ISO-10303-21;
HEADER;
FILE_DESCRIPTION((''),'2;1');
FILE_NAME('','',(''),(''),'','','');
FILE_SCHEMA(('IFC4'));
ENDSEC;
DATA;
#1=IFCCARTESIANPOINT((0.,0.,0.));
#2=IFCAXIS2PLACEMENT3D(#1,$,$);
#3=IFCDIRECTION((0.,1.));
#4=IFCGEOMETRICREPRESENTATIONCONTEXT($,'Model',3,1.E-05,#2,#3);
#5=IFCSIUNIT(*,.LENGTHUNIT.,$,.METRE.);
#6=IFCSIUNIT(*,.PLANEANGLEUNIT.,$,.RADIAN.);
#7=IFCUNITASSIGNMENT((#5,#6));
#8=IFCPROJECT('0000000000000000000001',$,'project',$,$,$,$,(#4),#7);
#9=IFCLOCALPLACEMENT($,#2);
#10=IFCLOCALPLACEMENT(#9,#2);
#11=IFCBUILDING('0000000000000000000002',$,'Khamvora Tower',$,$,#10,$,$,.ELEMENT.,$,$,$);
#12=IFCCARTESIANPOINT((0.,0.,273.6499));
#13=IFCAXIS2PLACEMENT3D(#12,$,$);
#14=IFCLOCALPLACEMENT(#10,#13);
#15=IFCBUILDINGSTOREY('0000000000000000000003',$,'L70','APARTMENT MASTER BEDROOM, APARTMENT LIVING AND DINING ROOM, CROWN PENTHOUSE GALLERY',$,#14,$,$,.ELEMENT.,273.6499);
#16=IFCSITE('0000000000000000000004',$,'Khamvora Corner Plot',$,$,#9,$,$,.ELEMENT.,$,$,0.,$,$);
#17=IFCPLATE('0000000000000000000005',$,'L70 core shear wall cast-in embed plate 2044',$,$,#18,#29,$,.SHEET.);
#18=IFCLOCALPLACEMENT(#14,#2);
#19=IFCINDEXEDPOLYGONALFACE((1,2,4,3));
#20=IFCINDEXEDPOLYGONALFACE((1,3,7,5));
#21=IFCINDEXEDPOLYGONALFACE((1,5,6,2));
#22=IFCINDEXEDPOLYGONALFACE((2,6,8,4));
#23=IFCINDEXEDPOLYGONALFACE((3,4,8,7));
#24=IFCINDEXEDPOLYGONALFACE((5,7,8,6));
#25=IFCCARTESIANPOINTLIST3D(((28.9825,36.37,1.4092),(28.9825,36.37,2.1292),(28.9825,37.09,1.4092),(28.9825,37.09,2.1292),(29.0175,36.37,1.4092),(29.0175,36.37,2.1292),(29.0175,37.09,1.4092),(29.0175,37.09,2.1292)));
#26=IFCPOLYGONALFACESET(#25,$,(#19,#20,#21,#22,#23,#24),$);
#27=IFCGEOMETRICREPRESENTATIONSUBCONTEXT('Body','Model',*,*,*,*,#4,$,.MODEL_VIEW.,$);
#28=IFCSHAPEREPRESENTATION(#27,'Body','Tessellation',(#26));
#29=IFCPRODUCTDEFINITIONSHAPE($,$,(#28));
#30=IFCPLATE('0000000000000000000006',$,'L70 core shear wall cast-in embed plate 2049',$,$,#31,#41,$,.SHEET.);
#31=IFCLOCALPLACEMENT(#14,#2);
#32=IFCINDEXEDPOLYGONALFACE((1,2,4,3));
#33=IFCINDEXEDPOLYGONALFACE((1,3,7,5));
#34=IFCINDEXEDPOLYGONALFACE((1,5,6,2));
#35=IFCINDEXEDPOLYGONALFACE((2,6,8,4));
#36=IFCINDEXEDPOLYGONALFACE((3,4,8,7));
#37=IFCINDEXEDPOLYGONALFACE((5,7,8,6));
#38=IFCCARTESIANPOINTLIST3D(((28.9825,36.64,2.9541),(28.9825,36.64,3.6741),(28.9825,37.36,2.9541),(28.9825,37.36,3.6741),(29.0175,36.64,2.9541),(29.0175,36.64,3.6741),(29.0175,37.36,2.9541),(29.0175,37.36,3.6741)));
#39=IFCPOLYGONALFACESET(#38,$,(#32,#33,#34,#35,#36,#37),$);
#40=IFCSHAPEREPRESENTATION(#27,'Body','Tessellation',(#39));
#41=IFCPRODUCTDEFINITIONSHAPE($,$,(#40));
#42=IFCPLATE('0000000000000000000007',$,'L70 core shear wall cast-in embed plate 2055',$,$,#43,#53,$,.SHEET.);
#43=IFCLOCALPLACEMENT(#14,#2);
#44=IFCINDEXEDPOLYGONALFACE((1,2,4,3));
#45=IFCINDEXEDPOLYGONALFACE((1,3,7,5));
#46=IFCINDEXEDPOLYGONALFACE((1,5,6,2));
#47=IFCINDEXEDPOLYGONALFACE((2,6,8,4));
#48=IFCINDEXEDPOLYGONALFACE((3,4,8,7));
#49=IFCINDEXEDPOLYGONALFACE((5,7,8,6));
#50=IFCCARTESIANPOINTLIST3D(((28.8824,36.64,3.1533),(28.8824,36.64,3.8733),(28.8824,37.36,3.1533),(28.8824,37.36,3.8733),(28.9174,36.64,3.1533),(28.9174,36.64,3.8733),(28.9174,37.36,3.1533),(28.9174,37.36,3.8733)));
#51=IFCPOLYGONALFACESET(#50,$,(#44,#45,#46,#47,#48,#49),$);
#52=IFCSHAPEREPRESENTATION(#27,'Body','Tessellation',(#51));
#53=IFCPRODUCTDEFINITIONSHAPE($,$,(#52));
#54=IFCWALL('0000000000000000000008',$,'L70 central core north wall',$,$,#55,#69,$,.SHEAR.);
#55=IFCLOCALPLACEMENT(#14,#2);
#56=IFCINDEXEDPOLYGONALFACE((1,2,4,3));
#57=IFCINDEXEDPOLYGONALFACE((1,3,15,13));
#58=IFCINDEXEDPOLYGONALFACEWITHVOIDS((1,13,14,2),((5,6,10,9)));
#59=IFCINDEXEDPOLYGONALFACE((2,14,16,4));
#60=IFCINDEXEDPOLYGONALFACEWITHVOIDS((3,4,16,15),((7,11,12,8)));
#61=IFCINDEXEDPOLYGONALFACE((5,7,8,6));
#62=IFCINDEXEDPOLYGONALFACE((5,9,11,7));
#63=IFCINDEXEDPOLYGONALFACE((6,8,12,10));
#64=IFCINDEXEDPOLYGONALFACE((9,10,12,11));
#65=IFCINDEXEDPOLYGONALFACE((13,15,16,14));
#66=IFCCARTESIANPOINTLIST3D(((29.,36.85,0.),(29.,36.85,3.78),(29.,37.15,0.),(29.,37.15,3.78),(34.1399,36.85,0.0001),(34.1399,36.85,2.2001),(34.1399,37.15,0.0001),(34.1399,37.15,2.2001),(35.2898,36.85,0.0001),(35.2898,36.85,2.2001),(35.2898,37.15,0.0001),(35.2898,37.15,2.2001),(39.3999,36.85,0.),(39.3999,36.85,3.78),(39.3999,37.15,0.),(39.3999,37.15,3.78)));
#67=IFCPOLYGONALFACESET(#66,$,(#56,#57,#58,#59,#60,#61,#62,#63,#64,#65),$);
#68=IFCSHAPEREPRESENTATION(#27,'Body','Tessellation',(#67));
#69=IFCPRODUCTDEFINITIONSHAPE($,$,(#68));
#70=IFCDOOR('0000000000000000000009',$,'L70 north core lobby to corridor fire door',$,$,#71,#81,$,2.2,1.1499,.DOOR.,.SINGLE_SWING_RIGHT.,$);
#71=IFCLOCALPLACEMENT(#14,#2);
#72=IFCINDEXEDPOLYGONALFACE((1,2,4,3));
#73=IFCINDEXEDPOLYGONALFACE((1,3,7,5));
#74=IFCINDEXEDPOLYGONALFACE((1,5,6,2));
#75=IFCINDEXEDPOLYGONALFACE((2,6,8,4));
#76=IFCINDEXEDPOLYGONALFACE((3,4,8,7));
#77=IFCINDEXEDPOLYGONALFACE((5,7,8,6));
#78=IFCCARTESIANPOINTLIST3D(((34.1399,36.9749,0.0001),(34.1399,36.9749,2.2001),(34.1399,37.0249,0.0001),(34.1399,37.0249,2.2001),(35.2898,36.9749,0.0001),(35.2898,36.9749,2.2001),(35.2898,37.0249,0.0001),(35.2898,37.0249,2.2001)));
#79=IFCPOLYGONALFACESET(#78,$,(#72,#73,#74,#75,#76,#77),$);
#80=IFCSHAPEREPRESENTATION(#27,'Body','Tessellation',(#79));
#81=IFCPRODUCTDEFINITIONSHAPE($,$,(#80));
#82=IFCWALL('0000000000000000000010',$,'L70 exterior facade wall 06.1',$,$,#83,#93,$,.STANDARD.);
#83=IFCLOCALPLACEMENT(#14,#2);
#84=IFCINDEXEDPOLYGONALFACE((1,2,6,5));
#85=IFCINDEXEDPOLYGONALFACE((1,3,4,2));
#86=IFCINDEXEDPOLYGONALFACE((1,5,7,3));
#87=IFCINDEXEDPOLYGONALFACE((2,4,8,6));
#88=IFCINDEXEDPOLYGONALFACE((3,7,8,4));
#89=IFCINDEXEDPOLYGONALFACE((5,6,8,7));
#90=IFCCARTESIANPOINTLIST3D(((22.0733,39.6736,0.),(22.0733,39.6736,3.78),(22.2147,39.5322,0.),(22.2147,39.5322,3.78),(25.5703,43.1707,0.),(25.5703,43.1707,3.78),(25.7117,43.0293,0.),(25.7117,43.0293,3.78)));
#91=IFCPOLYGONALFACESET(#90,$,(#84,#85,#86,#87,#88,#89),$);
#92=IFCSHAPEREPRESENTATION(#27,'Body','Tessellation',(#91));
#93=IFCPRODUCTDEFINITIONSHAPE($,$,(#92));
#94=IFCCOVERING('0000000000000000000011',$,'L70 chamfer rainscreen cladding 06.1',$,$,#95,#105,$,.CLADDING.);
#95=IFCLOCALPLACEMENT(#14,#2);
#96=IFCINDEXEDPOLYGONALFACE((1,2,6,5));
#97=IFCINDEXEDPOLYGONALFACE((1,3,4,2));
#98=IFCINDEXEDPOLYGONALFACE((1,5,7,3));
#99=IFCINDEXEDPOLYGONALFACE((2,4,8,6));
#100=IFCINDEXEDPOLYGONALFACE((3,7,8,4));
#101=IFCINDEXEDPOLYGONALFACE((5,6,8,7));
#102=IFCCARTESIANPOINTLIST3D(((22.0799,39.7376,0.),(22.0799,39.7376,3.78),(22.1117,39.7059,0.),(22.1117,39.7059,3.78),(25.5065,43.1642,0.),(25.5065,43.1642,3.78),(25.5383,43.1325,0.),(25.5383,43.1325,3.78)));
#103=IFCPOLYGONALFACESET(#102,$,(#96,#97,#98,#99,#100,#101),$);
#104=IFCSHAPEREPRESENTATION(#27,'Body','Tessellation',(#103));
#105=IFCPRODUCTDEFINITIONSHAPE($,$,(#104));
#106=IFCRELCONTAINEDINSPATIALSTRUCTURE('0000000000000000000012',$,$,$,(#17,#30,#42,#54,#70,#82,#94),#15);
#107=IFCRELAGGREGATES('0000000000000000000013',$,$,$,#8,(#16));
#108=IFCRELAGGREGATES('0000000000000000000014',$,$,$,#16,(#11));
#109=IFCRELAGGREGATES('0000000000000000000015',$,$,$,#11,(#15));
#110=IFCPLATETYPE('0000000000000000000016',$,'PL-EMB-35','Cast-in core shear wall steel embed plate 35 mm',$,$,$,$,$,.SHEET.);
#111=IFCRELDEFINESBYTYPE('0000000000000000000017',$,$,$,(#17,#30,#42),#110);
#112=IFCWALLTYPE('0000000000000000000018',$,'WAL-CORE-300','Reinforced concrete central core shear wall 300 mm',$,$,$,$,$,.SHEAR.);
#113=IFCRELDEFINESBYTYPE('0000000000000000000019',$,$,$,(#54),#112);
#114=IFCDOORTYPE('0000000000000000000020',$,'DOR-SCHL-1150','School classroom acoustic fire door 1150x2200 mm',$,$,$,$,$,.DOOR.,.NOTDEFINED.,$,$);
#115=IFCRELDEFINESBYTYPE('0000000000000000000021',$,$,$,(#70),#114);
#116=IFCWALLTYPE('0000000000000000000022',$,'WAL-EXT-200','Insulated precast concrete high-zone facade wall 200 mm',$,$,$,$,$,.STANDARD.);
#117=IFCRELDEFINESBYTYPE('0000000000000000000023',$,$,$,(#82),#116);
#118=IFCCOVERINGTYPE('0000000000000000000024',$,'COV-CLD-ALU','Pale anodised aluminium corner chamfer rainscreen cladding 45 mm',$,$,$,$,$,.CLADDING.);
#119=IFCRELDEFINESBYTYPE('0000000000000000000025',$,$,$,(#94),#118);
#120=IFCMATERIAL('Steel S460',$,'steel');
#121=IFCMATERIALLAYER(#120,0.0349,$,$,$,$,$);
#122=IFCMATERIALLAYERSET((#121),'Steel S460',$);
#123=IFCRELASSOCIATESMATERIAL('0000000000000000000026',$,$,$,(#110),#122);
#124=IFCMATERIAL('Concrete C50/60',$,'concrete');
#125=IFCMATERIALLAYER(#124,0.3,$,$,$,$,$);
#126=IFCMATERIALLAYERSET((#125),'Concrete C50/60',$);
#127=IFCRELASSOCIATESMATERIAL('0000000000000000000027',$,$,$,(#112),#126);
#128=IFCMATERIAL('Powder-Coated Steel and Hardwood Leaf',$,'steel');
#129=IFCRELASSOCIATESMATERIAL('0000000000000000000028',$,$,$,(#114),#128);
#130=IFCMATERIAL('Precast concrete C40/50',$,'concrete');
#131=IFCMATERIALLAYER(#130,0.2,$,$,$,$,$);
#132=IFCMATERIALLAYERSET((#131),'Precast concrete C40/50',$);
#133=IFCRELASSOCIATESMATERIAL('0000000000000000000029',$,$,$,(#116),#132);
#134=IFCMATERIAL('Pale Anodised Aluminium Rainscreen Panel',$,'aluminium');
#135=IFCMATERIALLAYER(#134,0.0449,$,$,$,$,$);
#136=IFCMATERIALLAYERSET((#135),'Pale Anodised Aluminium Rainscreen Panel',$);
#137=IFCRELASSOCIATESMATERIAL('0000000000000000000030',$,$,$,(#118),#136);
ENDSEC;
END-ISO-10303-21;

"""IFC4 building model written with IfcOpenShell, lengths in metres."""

from ifc_helpers import new_model, si_unit, direction, frame, frame_2d, origin, origin_2d, place, context, subcontext, project, spatial, rectangle, extrude, material, layer, layer_set, type_object, element, fill, save


model = new_model("IFC4")

# Units and contexts
model_context = context("Model", 3, precision=1e-05, world=origin(), true_north=direction((0.0, 1.0)))
body_context = subcontext(model_context, "Body", "Model", "MODEL_VIEW")
ifc_project = project(units=[si_unit("LENGTHUNIT", "METRE"), si_unit("PLANEANGLEUNIT", "RADIAN")], contexts=[model_context])

# Site, building, storey
site_placement = place(None, origin())
site = spatial("IfcSite", under=ifc_project, at=site_placement, Name="Khamvora Corner Plot", CompositionType="ELEMENT", RefElevation=0.0)
building_placement = place(site_placement, origin())
building = spatial("IfcBuilding", under=site, at=building_placement, Name="Khamvora Tower", CompositionType="ELEMENT")
storey_placement = place(building_placement, frame((0.0, 0.0, 273.6499)))
storey = spatial("IfcBuildingStorey", under=building, at=storey_placement, Name="L70", Description="APARTMENT MASTER BEDROOM, APARTMENT LIVING AND DINING ROOM, CROWN PENTHOUSE GALLERY", CompositionType="ELEMENT", Elevation=273.6499)

# Shared definitions
ifc_material_1 = material(Name="Steel S460", Category="steel")

# Plates
ifc_layer_1 = layer(ifc_material_1, 0.0349)
ifc_layer_set_1 = layer_set([ifc_layer_1], Name="Steel S460")
plate_type_1 = type_object("IfcPlateType", Name="PL-EMB-35", Description="Cast-in core shear wall steel embed plate 35 mm", PredefinedType="SHEET", material=ifc_layer_set_1)
for number, where, z_axis, x_axis, name in (
    (1, (29.0, 36.73, 1.4092), (0.0, 0.0, 1.0), (1.0, 0.0, 0.0), "L70 core shear wall cast-in embed plate 2044"),
    (2, (29.0, 37.0, 2.9541), (0.0, 0.0, 1.0), (1.0, 0.0, 0.0), "L70 core shear wall cast-in embed plate 2049"),
    (3, (28.8999, 37.0, 3.1533), (0.0, 0.0, 1.0), (1.0, 0.0, 0.0), "L70 core shear wall cast-in embed plate 2055"),
):
    element("IfcPlate", number, at=place(storey_placement, frame(where, z_axis=z_axis, x_axis=x_axis)), inside=storey, type_object=plate_type_1, Name=name, PredefinedType="SHEET", context=body_context, shape_type="SweptSolid", body=[
        extrude(rectangle(XDim=0.0349, YDim=0.72, at=origin_2d()), origin(), (0.0, 0.0, 1.0), 0.72),
    ])

# Wall, opening, door
ifc_material_2 = material(Name="Concrete C50/60", Category="concrete")
ifc_layer_2 = layer(ifc_material_2, 0.3)
ifc_layer_set_2 = layer_set([ifc_layer_2], Name="Concrete C50/60")
wall_type_1 = type_object("IfcWallType", Name="WAL-CORE-300", Description="Reinforced concrete central core shear wall 300 mm", PredefinedType="SHEAR", material=ifc_layer_set_2)
wall_1_placement = place(storey_placement, frame((29.0, 37.0, 0.0), z_axis=(0.0, 0.0, 1.0), x_axis=(1.0, 0.0, 0.0)))
wall_1 = element("IfcWall", 4, at=wall_1_placement, inside=storey, type_object=wall_type_1, Name="L70 central core north wall", PredefinedType="SHEAR", context=body_context, shape_type="SweptSolid", body=[
    extrude(rectangle(XDim=10.3999, YDim=0.3, at=frame_2d((5.2, 0.0))), origin(), (0.0, 0.0, 1.0), 3.78),
])
opening_placement = place(wall_1_placement, frame((5.1399, 0.0, 0.0)))
opening = element("IfcOpeningElement", 5, at=opening_placement, cuts=wall_1, PredefinedType="OPENING", context=body_context, shape_type="SweptSolid", body=[
    extrude(rectangle(XDim=1.1499, YDim=2.2, at=frame_2d((0.575, 1.1001))), frame((0.0, 0.1599, 0.0), z_axis=(0.0, -1.0, 0.0), x_axis=(1.0, 0.0, 0.0)), (0.0, 0.0, 1.0), 0.3201),
])
ifc_material_3 = material(Name="Powder-Coated Steel and Hardwood Leaf", Category="steel")
door_type = type_object("IfcDoorType", Name="DOR-SCHL-1150", Description="School classroom acoustic fire door 1150x2200 mm", OperationType="NOTDEFINED", PredefinedType="DOOR", material=ifc_material_3)
door_placement = place(opening_placement, origin())
door = element("IfcDoor", 6, at=door_placement, inside=storey, type_object=door_type, Name="L70 north core lobby to corridor fire door", OperationType="SINGLE_SWING_RIGHT", OverallHeight=2.2, OverallWidth=1.1499, PredefinedType="DOOR", context=body_context, shape_type="SweptSolid", body=[
    extrude(rectangle(XDim=1.1499, YDim=2.2, at=frame_2d((0.575, 1.1001))), frame((0.0, 0.0249, 0.0), z_axis=(0.0, -1.0, 0.0), x_axis=(1.0, 0.0, 0.0)), (0.0, 0.0, 1.0), 0.05),
])
fill(opening, door)

# Wall
ifc_material_4 = material(Name="Precast concrete C40/50", Category="concrete")
ifc_layer_3 = layer(ifc_material_4, 0.2)
ifc_layer_set_3 = layer_set([ifc_layer_3], Name="Precast concrete C40/50")
wall_type_2 = type_object("IfcWallType", Name="WAL-EXT-200", Description="Insulated precast concrete high-zone facade wall 200 mm", PredefinedType="STANDARD", material=ifc_layer_set_3)
wall_2_placement = place(storey_placement, frame((22.144, 39.603, 0.0), z_axis=(0.0, 0.0, 1.0), x_axis=(0.707107, 0.707107, 0.0)))
element("IfcWall", 7, at=wall_2_placement, inside=storey, type_object=wall_type_2, Name="L70 exterior facade wall 06.1", PredefinedType="STANDARD", context=body_context, shape_type="SweptSolid", body=[
    extrude(rectangle(XDim=4.9456, YDim=0.2, at=frame_2d((2.4727, 0.0))), origin(), (0.0, 0.0, 1.0), 3.78),
])

# Covering
ifc_material_5 = material(Name="Pale Anodised Aluminium Rainscreen Panel", Category="aluminium")
ifc_layer_4 = layer(ifc_material_5, 0.0449)
ifc_layer_set_4 = layer_set([ifc_layer_4], Name="Pale Anodised Aluminium Rainscreen Panel")
covering_type = type_object("IfcCoveringType", Name="COV-CLD-ALU", Description="Pale anodised aluminium corner chamfer rainscreen cladding 45 mm", PredefinedType="CLADDING", material=ifc_layer_set_4)
covering_placement = place(storey_placement, frame((23.8091, 41.4351, 0.0), z_axis=(0.0, 0.0, 1.0), x_axis=(0.707107, 0.707107, 0.0)))
element("IfcCovering", 8, at=covering_placement, inside=storey, type_object=covering_type, Name="L70 chamfer rainscreen cladding 06.1", PredefinedType="CLADDING", context=body_context, shape_type="SweptSolid", body=[
    extrude(rectangle(XDim=4.8459, YDim=0.0449, at=origin_2d()), origin(), (0.0, 0.0, 1.0), 3.78),
])

save(model, "model.ifc")
